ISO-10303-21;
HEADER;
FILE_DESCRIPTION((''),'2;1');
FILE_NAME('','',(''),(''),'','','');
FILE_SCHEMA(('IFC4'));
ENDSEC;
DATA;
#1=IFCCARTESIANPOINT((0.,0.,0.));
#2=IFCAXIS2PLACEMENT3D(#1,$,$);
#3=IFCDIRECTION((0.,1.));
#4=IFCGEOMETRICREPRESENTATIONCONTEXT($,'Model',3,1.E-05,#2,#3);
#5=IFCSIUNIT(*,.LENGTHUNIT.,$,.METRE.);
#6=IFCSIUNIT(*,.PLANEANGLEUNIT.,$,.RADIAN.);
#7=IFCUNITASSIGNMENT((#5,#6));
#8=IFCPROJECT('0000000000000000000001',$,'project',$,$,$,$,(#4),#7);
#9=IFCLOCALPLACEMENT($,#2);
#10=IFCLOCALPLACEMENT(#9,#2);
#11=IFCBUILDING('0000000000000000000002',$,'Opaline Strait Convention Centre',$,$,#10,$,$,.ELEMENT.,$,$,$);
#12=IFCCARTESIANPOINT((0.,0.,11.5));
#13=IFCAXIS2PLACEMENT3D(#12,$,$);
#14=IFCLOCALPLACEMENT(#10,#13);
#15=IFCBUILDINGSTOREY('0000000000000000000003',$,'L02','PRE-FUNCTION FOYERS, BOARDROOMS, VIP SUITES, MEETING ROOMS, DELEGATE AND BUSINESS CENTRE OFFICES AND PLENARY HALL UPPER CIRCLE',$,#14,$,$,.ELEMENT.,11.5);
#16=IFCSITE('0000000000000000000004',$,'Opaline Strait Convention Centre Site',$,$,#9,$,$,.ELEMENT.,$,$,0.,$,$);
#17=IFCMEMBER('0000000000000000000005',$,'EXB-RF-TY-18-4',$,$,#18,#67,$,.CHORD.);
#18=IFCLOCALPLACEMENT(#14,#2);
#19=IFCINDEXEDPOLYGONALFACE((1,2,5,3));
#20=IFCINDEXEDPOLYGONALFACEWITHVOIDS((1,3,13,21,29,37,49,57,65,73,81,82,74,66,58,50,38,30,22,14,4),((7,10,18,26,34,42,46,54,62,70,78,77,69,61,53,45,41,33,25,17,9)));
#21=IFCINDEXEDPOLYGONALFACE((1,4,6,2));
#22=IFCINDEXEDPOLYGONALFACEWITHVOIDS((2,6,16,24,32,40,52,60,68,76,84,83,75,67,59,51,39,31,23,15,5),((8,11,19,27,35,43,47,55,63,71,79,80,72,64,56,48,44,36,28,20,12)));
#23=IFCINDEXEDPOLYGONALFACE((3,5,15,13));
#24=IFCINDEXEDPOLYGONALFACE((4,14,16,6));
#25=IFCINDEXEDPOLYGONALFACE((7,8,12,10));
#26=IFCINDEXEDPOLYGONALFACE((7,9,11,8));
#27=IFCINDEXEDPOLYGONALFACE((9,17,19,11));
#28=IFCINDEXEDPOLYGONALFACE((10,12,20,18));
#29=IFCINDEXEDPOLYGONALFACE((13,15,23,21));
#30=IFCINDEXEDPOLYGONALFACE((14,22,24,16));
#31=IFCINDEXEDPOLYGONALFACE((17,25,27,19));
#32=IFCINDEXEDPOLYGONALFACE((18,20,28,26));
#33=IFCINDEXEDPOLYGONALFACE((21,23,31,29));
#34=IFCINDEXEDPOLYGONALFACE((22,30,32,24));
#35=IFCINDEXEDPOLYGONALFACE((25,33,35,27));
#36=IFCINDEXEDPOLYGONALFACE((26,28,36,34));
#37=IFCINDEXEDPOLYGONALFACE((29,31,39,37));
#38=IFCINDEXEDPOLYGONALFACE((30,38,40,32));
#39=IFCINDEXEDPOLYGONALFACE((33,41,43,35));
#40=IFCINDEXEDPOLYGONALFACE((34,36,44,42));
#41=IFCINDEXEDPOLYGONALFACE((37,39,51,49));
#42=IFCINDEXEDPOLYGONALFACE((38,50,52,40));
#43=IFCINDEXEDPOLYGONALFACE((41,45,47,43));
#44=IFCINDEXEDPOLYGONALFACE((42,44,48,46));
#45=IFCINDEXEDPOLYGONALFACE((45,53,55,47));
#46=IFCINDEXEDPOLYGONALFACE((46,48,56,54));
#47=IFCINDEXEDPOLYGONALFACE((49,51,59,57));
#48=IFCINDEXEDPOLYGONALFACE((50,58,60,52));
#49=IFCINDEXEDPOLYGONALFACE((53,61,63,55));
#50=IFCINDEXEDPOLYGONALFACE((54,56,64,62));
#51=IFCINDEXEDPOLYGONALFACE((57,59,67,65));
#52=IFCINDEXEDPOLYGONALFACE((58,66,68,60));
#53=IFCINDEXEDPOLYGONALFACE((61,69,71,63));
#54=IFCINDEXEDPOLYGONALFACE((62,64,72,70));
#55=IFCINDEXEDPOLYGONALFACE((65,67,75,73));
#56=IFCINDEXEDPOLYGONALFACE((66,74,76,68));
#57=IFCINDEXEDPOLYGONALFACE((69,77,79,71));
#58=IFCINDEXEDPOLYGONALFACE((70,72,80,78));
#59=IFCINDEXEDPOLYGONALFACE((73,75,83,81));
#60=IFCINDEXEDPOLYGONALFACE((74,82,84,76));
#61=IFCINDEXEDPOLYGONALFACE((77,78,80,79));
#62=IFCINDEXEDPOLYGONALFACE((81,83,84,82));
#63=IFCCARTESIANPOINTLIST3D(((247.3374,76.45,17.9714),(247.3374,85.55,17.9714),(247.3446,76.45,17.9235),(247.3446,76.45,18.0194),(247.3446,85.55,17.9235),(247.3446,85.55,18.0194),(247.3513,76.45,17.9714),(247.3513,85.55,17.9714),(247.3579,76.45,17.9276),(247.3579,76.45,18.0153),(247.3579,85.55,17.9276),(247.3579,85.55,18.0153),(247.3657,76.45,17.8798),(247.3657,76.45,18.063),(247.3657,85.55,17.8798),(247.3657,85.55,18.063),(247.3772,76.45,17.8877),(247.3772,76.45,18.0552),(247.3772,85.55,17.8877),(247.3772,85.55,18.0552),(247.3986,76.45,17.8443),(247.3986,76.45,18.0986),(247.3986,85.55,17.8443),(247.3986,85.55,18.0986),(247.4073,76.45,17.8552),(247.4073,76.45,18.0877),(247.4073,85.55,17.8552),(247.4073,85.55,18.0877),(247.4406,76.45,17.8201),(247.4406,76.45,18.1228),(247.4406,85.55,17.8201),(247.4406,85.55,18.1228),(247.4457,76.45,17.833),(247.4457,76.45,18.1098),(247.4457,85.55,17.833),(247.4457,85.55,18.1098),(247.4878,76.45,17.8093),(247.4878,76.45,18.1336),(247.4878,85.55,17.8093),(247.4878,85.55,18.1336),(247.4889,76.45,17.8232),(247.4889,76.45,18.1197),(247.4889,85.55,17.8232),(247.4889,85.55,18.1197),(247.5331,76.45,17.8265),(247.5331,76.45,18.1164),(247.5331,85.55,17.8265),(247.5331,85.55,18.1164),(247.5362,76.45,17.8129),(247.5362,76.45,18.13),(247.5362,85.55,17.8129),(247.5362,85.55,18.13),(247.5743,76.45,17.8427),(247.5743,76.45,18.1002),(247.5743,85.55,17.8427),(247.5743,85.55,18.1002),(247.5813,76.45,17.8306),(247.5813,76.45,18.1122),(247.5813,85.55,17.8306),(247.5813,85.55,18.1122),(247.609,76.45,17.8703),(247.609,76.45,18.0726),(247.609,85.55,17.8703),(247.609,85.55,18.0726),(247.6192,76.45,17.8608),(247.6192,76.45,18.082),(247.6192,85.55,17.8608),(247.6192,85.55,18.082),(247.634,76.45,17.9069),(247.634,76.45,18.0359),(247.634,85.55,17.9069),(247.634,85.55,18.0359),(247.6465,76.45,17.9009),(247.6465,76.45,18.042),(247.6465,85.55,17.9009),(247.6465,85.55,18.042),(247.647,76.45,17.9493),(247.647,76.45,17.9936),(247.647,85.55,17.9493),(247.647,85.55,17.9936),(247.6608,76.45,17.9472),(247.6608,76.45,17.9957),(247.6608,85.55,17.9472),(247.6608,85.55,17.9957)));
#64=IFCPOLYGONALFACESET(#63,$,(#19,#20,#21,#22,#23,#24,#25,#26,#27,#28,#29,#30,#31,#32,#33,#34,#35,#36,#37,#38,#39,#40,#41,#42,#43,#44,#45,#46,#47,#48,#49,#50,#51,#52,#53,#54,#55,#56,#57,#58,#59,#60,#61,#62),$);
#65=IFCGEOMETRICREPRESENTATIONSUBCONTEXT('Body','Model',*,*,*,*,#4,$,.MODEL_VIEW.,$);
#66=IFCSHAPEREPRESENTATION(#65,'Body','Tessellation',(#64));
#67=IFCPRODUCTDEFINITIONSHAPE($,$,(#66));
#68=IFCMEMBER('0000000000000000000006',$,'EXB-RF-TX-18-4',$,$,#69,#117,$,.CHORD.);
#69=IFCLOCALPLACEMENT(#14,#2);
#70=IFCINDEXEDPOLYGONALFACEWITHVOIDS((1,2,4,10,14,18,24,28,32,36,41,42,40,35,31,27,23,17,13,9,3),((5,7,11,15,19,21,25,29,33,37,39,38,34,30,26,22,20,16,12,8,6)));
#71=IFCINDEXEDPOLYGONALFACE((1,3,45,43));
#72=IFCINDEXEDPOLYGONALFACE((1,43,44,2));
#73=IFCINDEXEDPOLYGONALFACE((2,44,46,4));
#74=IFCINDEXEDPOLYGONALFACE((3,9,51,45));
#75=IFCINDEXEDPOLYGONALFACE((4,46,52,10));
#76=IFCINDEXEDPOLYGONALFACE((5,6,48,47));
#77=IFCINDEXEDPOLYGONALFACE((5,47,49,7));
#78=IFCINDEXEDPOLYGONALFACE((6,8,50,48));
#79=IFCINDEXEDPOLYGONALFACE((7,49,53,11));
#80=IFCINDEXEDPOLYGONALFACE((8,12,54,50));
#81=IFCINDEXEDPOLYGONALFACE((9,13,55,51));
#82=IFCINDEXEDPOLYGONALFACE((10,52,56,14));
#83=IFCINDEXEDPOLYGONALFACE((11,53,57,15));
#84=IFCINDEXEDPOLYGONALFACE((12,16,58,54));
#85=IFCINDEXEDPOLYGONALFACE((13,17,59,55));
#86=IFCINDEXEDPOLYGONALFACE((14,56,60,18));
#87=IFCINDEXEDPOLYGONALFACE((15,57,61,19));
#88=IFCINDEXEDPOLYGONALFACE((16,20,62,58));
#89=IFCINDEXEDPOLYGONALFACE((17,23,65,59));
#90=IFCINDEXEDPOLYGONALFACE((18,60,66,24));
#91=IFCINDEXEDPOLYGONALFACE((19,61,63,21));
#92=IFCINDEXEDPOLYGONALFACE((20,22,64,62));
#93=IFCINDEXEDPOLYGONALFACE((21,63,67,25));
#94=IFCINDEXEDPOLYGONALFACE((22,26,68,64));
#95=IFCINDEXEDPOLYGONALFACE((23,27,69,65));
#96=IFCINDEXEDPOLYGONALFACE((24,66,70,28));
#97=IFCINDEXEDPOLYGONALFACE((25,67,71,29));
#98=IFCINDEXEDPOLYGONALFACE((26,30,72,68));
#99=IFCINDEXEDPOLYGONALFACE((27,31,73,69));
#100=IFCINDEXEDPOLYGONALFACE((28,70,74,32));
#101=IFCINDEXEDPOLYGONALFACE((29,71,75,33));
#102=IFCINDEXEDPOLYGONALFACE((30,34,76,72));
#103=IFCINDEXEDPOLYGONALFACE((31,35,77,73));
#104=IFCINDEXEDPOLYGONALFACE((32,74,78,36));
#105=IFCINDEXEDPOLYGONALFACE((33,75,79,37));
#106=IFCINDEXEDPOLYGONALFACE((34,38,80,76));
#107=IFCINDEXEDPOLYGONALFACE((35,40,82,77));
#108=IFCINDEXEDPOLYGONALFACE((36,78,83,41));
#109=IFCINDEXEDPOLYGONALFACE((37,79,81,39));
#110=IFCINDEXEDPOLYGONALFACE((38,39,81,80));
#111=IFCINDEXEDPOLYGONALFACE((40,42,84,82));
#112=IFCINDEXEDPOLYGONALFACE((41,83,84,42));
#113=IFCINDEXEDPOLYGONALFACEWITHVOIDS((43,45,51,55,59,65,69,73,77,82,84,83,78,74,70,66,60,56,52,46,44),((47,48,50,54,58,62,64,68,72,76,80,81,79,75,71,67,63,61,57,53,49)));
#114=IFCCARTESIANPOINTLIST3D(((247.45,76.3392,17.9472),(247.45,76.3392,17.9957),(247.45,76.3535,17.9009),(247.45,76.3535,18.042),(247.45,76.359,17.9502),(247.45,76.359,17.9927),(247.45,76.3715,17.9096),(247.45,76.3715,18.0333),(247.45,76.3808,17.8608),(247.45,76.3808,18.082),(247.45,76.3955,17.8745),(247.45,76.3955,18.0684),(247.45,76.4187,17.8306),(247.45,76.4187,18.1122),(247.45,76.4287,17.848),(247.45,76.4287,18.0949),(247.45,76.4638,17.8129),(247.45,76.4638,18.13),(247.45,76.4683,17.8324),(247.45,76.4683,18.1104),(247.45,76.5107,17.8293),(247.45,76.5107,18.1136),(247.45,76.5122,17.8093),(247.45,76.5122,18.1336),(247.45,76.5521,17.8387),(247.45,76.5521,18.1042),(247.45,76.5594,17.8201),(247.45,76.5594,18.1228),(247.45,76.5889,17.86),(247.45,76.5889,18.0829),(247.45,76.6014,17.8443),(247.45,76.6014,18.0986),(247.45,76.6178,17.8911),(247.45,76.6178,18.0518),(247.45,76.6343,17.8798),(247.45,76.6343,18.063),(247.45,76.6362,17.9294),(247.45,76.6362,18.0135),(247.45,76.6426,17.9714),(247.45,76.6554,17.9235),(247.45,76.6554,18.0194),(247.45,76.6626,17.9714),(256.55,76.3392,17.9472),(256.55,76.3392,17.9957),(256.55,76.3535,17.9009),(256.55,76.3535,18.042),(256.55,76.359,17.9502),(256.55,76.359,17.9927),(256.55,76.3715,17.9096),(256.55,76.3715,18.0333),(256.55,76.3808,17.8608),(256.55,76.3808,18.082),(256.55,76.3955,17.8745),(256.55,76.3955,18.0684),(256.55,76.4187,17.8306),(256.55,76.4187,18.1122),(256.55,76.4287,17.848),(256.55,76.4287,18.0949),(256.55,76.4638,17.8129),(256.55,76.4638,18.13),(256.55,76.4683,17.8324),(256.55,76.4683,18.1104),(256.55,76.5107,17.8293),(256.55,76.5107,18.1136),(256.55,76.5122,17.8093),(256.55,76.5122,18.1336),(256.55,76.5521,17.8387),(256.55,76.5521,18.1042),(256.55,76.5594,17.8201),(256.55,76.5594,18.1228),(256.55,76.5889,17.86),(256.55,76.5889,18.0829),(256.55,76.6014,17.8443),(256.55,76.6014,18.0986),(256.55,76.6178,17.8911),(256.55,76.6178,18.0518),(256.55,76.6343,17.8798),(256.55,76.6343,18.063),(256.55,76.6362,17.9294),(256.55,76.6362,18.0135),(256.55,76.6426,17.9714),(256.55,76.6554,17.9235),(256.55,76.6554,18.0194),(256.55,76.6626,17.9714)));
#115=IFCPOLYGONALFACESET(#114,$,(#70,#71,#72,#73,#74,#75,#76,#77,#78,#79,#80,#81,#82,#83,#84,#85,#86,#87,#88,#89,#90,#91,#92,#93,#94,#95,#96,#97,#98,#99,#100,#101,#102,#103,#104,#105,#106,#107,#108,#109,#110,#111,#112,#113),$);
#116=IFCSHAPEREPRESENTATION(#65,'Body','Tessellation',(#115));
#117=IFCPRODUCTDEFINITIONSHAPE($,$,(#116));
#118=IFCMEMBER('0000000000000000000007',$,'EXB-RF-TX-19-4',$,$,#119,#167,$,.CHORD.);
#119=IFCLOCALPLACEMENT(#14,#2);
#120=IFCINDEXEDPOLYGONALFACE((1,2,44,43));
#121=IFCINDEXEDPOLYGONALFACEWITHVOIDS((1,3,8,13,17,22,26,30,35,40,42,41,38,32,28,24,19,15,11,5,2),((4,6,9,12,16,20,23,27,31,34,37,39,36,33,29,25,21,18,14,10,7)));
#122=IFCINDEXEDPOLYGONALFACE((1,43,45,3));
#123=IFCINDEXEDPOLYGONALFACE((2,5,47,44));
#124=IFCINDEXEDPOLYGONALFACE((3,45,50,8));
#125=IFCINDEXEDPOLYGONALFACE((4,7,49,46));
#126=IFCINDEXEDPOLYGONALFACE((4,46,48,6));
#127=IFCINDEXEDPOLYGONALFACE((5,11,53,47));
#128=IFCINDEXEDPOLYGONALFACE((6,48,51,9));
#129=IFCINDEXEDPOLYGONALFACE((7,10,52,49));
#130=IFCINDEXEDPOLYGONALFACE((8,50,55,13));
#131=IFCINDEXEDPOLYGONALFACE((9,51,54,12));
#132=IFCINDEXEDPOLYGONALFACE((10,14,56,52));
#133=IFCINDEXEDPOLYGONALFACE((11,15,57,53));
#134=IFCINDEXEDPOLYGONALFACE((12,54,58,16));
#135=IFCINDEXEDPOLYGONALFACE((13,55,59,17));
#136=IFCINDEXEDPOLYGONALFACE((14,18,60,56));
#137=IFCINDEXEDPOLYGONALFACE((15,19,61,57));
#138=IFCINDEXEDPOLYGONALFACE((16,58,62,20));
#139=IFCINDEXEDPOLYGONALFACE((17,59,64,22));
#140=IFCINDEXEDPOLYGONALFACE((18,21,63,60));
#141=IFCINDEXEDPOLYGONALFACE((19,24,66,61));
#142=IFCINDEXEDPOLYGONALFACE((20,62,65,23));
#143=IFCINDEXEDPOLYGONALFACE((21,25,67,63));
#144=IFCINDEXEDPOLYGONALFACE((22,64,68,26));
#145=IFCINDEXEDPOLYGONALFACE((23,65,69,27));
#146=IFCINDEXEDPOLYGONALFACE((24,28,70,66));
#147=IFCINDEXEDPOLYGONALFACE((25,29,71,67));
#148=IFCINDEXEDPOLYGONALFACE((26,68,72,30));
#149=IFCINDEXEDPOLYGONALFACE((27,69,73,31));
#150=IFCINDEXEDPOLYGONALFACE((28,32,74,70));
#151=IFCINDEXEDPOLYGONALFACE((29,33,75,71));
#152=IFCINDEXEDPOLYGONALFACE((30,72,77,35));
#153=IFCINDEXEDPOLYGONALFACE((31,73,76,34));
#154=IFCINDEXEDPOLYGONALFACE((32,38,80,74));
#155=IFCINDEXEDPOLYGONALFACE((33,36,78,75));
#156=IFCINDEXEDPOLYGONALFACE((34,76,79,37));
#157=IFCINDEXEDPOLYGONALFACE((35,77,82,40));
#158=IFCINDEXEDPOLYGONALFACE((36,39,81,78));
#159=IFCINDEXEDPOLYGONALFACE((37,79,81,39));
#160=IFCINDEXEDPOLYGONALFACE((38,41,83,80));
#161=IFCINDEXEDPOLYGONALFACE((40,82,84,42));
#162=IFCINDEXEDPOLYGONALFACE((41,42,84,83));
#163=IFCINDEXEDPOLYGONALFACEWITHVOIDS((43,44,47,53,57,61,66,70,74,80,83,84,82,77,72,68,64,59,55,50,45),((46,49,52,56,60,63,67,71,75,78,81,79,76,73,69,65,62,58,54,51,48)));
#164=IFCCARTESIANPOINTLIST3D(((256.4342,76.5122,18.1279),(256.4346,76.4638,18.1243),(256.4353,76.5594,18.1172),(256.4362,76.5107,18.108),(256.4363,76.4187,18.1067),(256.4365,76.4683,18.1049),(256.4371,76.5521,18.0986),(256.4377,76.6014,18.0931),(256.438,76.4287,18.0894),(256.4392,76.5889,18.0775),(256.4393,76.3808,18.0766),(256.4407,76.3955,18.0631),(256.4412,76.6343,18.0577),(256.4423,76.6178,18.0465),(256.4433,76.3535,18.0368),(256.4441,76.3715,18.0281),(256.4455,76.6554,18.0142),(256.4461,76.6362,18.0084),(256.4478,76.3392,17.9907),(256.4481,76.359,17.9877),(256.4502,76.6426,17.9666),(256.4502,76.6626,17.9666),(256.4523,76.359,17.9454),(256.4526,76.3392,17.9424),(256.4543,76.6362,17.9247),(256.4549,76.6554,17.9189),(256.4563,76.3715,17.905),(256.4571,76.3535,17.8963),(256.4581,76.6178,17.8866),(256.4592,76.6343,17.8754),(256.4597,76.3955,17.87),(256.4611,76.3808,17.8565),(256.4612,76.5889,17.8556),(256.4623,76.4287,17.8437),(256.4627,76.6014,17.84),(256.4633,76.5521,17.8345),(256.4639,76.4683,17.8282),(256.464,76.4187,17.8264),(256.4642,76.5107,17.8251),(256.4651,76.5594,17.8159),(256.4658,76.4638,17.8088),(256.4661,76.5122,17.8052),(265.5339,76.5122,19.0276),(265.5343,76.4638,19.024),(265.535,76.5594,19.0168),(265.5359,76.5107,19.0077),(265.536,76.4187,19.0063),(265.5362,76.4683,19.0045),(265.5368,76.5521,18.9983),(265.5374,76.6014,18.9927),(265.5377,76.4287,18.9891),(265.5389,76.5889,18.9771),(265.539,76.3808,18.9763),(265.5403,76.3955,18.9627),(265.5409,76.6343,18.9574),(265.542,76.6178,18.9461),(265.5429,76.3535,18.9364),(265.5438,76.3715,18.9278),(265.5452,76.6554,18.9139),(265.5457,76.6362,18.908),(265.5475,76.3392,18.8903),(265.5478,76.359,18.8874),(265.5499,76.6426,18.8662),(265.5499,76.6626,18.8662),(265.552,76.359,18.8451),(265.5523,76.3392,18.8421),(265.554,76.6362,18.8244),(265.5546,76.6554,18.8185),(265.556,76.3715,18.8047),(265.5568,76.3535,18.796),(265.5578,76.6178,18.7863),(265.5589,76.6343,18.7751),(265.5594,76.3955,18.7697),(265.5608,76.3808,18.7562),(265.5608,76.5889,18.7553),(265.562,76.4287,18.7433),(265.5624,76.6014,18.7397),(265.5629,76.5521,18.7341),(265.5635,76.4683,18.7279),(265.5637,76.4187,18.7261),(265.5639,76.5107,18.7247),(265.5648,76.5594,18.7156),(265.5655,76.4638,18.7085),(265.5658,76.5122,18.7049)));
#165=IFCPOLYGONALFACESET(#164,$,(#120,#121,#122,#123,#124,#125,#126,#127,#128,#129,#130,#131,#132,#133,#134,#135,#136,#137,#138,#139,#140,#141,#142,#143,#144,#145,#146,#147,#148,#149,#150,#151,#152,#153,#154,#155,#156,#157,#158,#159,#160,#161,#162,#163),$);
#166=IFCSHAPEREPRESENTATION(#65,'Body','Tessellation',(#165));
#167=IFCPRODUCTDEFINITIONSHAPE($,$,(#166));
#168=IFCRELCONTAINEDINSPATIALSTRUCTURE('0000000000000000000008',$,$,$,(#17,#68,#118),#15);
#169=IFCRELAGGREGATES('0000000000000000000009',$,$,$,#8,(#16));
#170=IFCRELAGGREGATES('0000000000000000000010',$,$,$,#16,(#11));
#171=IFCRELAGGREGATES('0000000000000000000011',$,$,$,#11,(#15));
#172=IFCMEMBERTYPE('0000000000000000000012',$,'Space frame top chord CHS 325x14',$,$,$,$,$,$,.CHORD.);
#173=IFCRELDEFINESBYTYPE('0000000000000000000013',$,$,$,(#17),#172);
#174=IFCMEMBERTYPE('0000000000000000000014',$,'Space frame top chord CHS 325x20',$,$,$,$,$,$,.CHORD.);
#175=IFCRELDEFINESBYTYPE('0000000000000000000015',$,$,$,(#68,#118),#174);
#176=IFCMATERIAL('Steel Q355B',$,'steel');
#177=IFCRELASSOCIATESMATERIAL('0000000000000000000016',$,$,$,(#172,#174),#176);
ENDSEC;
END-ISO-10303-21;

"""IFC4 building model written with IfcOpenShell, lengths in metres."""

from ifc_helpers import new_model, si_unit, direction, frame, origin, origin_2d, place, context, subcontext, project, spatial, hollow_circle, extrude, material, material_profile, profile_set, type_object, element, save


model = new_model("IFC4")

# Units and contexts
model_context = context("Model", 3, precision=1e-05, world=origin(), true_north=direction((0.0, 1.0)))
body_context = subcontext(model_context, "Body", "Model", "MODEL_VIEW")
ifc_project = project(units=[si_unit("LENGTHUNIT", "METRE"), si_unit("PLANEANGLEUNIT", "RADIAN")], contexts=[model_context])

# Site, building, storey
site_placement = place(None, origin())
site = spatial("IfcSite", under=ifc_project, at=site_placement, Name="Opaline Strait Convention Centre Site", CompositionType="ELEMENT", RefElevation=0.0)
building_placement = place(site_placement, origin())
building = spatial("IfcBuilding", under=site, at=building_placement, Name="Opaline Strait Convention Centre", CompositionType="ELEMENT")
storey_placement = place(building_placement, frame((0.0, 0.0, 11.5)))
storey = spatial("IfcBuildingStorey", under=building, at=storey_placement, Name="L02", Description="PRE-FUNCTION FOYERS, BOARDROOMS, VIP SUITES, MEETING ROOMS, DELEGATE AND BUSINESS CENTRE OFFICES AND PLENARY HALL UPPER CIRCLE", CompositionType="ELEMENT", Elevation=11.5)

# Members
ifc_material_1 = material(Name="Steel Q355B", Category="steel")
ifc_material_profile_1 = material_profile(ifc_material_1, hollow_circle(Radius=0.1626, WallThickness=0.0139, at=origin_2d()), Name="CHS 325x14")
ifc_profile_set_1 = profile_set([ifc_material_profile_1], Name="Steel Q355B")
member_type_1 = type_object("IfcMemberType", Name="Space frame top chord CHS 325x14", PredefinedType="CHORD", material=ifc_profile_set_1)
member_1_placement = place(storey_placement, frame((247.5, 76.45, 17.9714), z_axis=(0.0, 1.0, 0.0), x_axis=(-1.0, 0.0, 0.0)))
element("IfcMember", 1, at=member_1_placement, inside=storey, type_object=member_type_1, Name="EXB-RF-TY-18-4", PredefinedType="CHORD", context=body_context, shape_type="SweptSolid", body=[
    extrude(hollow_circle(Radius=0.1626, WallThickness=0.0139, at=origin_2d()), origin(), (0.0, 0.0, 1.0), 9.1001),
])
ifc_material_profile_2 = material_profile(ifc_material_1, hollow_circle(Radius=0.1626, WallThickness=0.02, at=origin_2d()), Name="CHS 325x20")
ifc_profile_set_2 = profile_set([ifc_material_profile_2], Name="Steel Q355B")
member_type_2 = type_object("IfcMemberType", Name="Space frame top chord CHS 325x20", PredefinedType="CHORD", material=ifc_profile_set_2)
member_2_placement = place(storey_placement, frame((247.45, 76.5, 17.9714), z_axis=(1.0, 0.0, 0.0), x_axis=(0.0, 1.0, 0.0)))
element("IfcMember", 2, at=member_2_placement, inside=storey, type_object=member_type_2, Name="EXB-RF-TX-18-4", PredefinedType="CHORD", context=body_context, shape_type="SweptSolid", body=[
    extrude(hollow_circle(Radius=0.1626, WallThickness=0.02, at=origin_2d()), origin(), (0.0, 0.0, 1.0), 9.1001),
])
member_3_placement = place(storey_placement, frame((256.4502, 76.5, 17.9666), z_axis=(0.995148, 0.0, 0.098388), x_axis=(0.0, 1.0, 0.0)))
element("IfcMember", 3, at=member_3_placement, inside=storey, type_object=member_type_2, Name="EXB-RF-TX-19-4", PredefinedType="CHORD", context=body_context, shape_type="SweptSolid", body=[
    extrude(hollow_circle(Radius=0.1626, WallThickness=0.02, at=origin_2d()), origin(), (0.0, 0.0, 1.0), 9.144),
])

save(model, "model.ifc")
